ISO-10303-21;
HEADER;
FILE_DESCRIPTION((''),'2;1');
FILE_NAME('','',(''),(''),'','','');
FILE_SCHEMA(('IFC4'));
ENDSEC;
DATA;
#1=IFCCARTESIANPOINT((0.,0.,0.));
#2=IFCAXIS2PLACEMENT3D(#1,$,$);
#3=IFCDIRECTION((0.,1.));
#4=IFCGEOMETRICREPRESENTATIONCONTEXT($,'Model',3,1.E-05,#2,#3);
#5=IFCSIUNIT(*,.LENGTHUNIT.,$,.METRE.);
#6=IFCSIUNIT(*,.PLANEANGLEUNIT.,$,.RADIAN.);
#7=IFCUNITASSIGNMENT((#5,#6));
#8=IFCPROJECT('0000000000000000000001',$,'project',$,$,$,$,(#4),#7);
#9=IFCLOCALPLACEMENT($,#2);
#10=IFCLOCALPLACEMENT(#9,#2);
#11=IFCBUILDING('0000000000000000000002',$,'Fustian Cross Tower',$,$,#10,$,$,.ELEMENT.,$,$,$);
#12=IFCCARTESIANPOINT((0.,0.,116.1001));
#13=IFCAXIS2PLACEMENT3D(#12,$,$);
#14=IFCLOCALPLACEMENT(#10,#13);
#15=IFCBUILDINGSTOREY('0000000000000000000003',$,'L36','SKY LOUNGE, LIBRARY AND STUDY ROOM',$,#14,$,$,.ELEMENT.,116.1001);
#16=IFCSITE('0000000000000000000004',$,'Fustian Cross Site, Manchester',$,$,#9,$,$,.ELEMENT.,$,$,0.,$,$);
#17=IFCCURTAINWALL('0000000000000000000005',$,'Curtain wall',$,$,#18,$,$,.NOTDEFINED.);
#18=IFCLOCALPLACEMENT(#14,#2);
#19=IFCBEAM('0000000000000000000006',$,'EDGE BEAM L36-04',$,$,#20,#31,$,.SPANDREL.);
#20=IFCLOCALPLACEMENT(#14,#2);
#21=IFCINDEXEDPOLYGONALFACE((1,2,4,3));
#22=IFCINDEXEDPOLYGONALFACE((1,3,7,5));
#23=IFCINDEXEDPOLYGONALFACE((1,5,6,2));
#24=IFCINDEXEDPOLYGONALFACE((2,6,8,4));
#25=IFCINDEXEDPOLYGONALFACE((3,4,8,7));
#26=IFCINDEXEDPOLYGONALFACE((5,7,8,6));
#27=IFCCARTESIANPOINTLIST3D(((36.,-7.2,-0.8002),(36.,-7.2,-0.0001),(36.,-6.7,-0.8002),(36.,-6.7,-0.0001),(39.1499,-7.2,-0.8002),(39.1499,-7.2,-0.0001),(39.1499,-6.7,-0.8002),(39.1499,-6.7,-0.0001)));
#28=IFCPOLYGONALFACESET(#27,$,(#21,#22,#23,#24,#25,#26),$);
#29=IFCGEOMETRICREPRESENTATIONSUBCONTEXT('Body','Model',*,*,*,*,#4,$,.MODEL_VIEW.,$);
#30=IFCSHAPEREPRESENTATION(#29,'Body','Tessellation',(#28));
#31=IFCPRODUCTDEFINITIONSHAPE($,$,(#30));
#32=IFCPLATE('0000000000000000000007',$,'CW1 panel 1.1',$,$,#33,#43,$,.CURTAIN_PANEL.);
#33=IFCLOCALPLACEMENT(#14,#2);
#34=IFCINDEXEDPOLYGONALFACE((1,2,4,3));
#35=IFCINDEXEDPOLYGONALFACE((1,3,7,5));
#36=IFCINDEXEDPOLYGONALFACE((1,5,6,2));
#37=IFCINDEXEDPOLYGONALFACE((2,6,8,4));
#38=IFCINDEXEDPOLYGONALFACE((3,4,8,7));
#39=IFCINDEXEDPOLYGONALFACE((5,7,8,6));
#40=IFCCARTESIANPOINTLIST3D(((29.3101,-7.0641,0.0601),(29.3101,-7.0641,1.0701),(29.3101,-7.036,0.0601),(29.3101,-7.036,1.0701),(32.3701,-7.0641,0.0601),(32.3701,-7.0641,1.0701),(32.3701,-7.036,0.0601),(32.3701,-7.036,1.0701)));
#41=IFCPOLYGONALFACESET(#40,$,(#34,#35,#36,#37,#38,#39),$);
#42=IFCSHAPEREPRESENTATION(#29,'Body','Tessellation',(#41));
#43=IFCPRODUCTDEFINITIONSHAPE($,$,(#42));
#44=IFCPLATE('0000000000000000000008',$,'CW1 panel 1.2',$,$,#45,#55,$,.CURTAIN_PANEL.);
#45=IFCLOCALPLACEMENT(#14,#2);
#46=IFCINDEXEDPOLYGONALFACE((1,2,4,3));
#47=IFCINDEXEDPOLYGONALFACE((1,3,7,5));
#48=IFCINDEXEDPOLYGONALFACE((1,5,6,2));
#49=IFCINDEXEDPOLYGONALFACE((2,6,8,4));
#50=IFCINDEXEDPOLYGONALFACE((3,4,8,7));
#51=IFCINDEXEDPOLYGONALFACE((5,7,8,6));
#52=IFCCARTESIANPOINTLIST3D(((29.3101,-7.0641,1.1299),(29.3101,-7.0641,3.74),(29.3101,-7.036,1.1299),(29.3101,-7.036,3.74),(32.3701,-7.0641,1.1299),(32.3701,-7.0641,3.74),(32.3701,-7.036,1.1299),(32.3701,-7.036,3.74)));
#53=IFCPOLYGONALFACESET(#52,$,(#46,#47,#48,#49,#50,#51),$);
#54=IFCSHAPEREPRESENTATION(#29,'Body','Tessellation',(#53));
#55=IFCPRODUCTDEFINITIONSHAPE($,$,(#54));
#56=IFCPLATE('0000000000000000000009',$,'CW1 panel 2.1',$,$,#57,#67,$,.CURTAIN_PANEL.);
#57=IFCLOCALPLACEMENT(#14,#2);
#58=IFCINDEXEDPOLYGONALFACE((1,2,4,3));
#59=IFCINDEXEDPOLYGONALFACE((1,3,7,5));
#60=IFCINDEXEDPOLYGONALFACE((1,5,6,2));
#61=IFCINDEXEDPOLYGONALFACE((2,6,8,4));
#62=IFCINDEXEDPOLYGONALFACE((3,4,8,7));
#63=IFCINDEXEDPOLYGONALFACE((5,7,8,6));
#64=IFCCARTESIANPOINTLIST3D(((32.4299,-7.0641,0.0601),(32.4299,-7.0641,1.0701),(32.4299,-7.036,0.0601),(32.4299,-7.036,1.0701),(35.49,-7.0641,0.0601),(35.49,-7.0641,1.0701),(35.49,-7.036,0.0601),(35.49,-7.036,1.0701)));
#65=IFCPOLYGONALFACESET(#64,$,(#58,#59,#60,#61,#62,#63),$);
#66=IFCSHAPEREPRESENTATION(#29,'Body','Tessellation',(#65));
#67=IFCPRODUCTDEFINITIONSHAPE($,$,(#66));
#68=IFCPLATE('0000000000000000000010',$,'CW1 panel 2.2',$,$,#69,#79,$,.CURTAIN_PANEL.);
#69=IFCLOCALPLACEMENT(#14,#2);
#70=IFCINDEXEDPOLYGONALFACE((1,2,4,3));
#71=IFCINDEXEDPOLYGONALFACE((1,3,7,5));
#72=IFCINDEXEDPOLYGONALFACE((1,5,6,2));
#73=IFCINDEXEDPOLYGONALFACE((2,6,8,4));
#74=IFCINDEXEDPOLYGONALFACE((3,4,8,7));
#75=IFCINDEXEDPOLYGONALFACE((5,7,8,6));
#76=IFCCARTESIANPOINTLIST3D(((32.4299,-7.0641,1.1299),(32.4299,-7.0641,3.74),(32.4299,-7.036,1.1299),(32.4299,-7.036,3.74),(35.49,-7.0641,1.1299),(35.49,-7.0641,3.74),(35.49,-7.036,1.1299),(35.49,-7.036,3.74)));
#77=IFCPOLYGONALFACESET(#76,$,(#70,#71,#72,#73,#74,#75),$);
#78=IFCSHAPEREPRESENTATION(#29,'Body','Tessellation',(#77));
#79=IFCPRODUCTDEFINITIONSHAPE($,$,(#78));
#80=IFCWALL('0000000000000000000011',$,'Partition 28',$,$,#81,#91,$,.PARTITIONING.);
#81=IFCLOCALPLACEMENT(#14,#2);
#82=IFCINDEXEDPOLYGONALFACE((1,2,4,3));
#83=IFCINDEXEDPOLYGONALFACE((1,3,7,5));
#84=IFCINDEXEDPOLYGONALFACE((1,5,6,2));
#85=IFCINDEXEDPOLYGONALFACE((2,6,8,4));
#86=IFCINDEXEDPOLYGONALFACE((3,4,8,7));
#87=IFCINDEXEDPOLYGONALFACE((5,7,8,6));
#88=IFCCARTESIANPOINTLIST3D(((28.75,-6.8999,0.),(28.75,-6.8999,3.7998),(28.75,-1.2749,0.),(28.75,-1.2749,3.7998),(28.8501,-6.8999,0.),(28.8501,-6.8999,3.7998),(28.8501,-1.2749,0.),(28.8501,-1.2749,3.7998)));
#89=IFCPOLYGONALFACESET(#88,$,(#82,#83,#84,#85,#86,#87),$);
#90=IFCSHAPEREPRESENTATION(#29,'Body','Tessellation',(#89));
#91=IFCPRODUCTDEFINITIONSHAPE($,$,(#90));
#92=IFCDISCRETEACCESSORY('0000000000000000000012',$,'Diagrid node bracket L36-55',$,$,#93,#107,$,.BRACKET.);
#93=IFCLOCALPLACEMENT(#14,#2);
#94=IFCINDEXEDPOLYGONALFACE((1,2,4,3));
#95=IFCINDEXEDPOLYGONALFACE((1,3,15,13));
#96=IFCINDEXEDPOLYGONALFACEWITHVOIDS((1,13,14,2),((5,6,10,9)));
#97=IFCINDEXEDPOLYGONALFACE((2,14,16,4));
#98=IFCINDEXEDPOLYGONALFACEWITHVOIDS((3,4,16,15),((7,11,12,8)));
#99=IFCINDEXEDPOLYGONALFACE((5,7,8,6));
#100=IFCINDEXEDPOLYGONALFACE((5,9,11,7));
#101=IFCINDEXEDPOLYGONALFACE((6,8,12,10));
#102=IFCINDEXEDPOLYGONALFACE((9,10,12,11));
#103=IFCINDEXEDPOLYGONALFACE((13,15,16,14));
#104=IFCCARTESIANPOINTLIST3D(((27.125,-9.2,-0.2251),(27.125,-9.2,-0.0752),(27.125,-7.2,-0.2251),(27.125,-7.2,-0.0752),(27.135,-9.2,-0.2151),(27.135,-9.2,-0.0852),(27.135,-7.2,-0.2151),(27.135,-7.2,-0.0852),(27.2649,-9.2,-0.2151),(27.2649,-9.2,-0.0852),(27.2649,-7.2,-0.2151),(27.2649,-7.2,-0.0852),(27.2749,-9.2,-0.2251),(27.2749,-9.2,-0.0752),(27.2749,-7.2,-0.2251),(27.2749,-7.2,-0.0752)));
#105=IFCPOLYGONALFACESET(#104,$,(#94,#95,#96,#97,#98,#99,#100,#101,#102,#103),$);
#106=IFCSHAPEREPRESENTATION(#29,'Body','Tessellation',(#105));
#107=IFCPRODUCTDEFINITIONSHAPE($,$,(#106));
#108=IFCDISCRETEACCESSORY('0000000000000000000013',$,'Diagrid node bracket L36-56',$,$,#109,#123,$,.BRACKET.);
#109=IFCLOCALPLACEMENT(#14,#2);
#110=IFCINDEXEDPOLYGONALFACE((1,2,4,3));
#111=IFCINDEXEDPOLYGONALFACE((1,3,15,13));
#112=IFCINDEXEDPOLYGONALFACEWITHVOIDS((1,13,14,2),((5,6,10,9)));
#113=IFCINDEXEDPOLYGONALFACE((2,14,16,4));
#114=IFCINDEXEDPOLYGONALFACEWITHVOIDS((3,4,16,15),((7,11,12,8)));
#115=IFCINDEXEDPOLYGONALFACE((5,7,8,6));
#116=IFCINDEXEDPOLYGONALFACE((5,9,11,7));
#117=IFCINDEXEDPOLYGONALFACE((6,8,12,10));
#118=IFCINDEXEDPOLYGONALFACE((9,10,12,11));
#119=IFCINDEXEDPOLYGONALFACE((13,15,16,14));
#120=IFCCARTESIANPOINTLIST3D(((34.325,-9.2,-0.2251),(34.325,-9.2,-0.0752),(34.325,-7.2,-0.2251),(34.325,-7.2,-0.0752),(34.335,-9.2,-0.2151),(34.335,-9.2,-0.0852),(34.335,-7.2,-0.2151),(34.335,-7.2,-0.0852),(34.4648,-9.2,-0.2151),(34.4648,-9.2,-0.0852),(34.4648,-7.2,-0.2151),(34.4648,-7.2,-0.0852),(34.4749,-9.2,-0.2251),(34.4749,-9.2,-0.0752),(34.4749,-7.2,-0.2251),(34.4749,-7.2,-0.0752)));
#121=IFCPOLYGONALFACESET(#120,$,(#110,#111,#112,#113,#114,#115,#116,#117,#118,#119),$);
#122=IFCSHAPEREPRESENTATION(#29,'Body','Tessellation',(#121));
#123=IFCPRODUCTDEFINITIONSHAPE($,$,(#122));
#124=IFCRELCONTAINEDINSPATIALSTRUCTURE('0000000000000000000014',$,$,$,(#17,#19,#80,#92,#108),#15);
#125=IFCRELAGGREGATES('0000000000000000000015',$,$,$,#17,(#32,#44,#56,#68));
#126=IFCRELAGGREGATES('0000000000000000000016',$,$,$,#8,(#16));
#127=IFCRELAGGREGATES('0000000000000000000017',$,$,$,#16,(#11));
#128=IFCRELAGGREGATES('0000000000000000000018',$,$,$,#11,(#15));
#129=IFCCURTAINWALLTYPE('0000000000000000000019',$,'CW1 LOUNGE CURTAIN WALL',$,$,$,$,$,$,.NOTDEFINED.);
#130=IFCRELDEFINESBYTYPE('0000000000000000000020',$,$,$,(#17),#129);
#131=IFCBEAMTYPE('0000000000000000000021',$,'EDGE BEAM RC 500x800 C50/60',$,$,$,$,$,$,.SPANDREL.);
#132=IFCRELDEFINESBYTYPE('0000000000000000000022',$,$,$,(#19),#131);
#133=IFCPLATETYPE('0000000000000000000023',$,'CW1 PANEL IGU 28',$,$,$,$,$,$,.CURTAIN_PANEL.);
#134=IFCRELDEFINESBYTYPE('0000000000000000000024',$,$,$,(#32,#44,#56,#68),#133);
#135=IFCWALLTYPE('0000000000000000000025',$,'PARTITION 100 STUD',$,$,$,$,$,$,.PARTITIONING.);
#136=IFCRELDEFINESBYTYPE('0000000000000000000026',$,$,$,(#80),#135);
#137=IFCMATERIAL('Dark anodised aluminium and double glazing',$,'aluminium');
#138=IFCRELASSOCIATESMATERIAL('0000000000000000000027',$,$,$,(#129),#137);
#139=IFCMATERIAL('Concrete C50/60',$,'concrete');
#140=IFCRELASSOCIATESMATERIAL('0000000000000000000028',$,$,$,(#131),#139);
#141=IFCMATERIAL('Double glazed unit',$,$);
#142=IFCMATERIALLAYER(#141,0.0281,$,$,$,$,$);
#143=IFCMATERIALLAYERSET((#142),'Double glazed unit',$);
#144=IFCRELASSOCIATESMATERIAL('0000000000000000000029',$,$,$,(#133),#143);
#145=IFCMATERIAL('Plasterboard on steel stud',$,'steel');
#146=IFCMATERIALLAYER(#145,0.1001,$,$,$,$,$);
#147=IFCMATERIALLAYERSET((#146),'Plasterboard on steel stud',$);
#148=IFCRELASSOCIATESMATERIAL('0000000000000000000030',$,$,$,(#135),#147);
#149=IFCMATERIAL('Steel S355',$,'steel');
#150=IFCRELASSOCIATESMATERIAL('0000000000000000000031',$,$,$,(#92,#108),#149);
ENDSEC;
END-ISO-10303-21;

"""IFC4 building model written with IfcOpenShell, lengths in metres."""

from ifc_helpers import new_model, si_unit, direction, frame, frame_2d, origin, origin_2d, place, context, subcontext, project, spatial, rectangle, hollow_rectangle, extrude, material, layer, layer_set, material_profile, profile_set, type_object, element, aggregate, save


model = new_model("IFC4")

# Units and contexts
model_context = context("Model", 3, precision=1e-05, world=origin(), true_north=direction((0.0, 1.0)))
body_context = subcontext(model_context, "Body", "Model", "MODEL_VIEW")
ifc_project = project(units=[si_unit("LENGTHUNIT", "METRE"), si_unit("PLANEANGLEUNIT", "RADIAN")], contexts=[model_context])

# Site, building, storey
site_placement = place(None, origin())
site = spatial("IfcSite", under=ifc_project, at=site_placement, Name="Fustian Cross Site, Manchester", CompositionType="ELEMENT", RefElevation=0.0)
building_placement = place(site_placement, origin())
building = spatial("IfcBuilding", under=site, at=building_placement, Name="Fustian Cross Tower", CompositionType="ELEMENT")
storey_placement = place(building_placement, frame((0.0, 0.0, 116.1001)))
storey = spatial("IfcBuildingStorey", under=building, at=storey_placement, Name="L36", Description="SKY LOUNGE, LIBRARY AND STUDY ROOM", CompositionType="ELEMENT", Elevation=116.1001)

# Shared definitions
ifc_material_1 = material(Name="Dark anodised aluminium and double glazing", Category="aluminium")
curtain_wall_type = type_object("IfcCurtainWallType", Name="CW1 LOUNGE CURTAIN WALL", PredefinedType="NOTDEFINED", material=ifc_material_1)

# Curtain wall
curtain_wall_1_placement = place(storey_placement, origin())
curtain_wall_1 = element("IfcCurtainWall", 1, at=curtain_wall_1_placement, inside=storey, type_object=curtain_wall_type, Name="Curtain wall", PredefinedType="NOTDEFINED")

# Beam
ifc_material_2 = material(Name="Concrete C50/60", Category="concrete")
ifc_material_profile_1 = material_profile(ifc_material_2, rectangle(XDim=0.5, YDim=0.8, at=origin_2d()), Name="RC 500x800")
ifc_profile_set_1 = profile_set([ifc_material_profile_1], Name="Concrete C50/60")
beam_type = type_object("IfcBeamType", Name="EDGE BEAM RC 500x800 C50/60", PredefinedType="SPANDREL", material=ifc_profile_set_1)
beam_1_placement = place(storey_placement, frame((36.0, -6.95, -0.4001), z_axis=(1.0, 0.0, 0.0), x_axis=(0.0, 1.0, 0.0)))
element("IfcBeam", 2, at=beam_1_placement, inside=storey, type_object=beam_type, Name="EDGE BEAM L36-04", PredefinedType="SPANDREL", context=body_context, shape_type="SweptSolid", body=[
    extrude(rectangle(XDim=0.5, YDim=0.8, at=origin_2d()), origin(), (0.0, 0.0, 1.0), 3.1499),
])

# Plates
ifc_material_3 = material(Name="Double glazed unit")
ifc_layer_1 = layer(ifc_material_3, 0.0281)
ifc_layer_set_1 = layer_set([ifc_layer_1], Name="Double glazed unit")
plate_type = type_object("IfcPlateType", Name="CW1 PANEL IGU 28", PredefinedType="CURTAIN_PANEL", material=ifc_layer_set_1)
plate_1_placement = place(storey_placement, frame((30.8401, -7.05, 0.0601), z_axis=(0.0, 0.0, 1.0), x_axis=(1.0, 0.0, 0.0)))
plate_1 = element("IfcPlate", 3, at=plate_1_placement, type_object=plate_type, Name="CW1 panel 1.1", PredefinedType="CURTAIN_PANEL", context=body_context, shape_type="SweptSolid", body=[
    extrude(rectangle(XDim=3.0601, YDim=0.0281, at=origin_2d()), origin(), (0.0, 0.0, 1.0), 1.01),
])
plate_2_placement = place(storey_placement, frame((30.8401, -7.05, 1.1299), z_axis=(0.0, 0.0, 1.0), x_axis=(1.0, 0.0, 0.0)))
plate_2 = element("IfcPlate", 4, at=plate_2_placement, type_object=plate_type, Name="CW1 panel 1.2", PredefinedType="CURTAIN_PANEL", context=body_context, shape_type="SweptSolid", body=[
    extrude(rectangle(XDim=3.0601, YDim=0.0281, at=origin_2d()), origin(), (0.0, 0.0, 1.0), 2.6101),
])
plate_3_placement = place(storey_placement, frame((33.96, -7.05, 0.0601), z_axis=(0.0, 0.0, 1.0), x_axis=(1.0, 0.0, 0.0)))
plate_3 = element("IfcPlate", 5, at=plate_3_placement, type_object=plate_type, Name="CW1 panel 2.1", PredefinedType="CURTAIN_PANEL", context=body_context, shape_type="SweptSolid", body=[
    extrude(rectangle(XDim=3.0601, YDim=0.0281, at=origin_2d()), origin(), (0.0, 0.0, 1.0), 1.01),
])
plate_4_placement = place(storey_placement, frame((33.96, -7.05, 1.1299), z_axis=(0.0, 0.0, 1.0), x_axis=(1.0, 0.0, 0.0)))
plate_4 = element("IfcPlate", 6, at=plate_4_placement, type_object=plate_type, Name="CW1 panel 2.2", PredefinedType="CURTAIN_PANEL", context=body_context, shape_type="SweptSolid", body=[
    extrude(rectangle(XDim=3.0601, YDim=0.0281, at=origin_2d()), origin(), (0.0, 0.0, 1.0), 2.6101),
])
aggregate(curtain_wall_1, [plate_1, plate_2, plate_3, plate_4])

# Wall
ifc_material_4 = material(Name="Plasterboard on steel stud", Category="steel")
ifc_layer_2 = layer(ifc_material_4, 0.1001)
ifc_layer_set_2 = layer_set([ifc_layer_2], Name="Plasterboard on steel stud")
wall_type = type_object("IfcWallType", Name="PARTITION 100 STUD", PredefinedType="PARTITIONING", material=ifc_layer_set_2)
wall_placement = place(storey_placement, frame((28.8, -6.8999, 0.0), z_axis=(0.0, 0.0, 1.0), x_axis=(0.0, 1.0, 0.0)))
element("IfcWall", 7, at=wall_placement, inside=storey, type_object=wall_type, Name="Partition 28", PredefinedType="PARTITIONING", context=body_context, shape_type="SweptSolid", body=[
    extrude(rectangle(XDim=5.625, YDim=0.1001, at=frame_2d((2.8125, 0.0))), origin(), (0.0, 0.0, 1.0), 3.7998),
])

# Discrete accessories
ifc_material_5 = material(Name="Steel S355", Category="steel")
for number, where, z_axis, x_axis, name in (
    (8, (27.2, -9.2, -0.1501), (0.0, 1.0, 0.0), (-1.0, 0.0, 0.0), "Diagrid node bracket L36-55"),
    (9, (34.3999, -9.2, -0.1501), (0.0, 1.0, 0.0), (-1.0, 0.0, 0.0), "Diagrid node bracket L36-56"),
):
    element("IfcDiscreteAccessory", number, at=place(storey_placement, frame(where, z_axis=z_axis, x_axis=x_axis)), inside=storey, material=ifc_material_5, Name=name, PredefinedType="BRACKET", context=body_context, shape_type="SweptSolid", body=[
        extrude(hollow_rectangle(XDim=0.1499, YDim=0.1499, WallThickness=0.01, at=origin_2d()), origin(), (0.0, 0.0, 1.0), 2.0),
    ])

save(model, "model.ifc")
